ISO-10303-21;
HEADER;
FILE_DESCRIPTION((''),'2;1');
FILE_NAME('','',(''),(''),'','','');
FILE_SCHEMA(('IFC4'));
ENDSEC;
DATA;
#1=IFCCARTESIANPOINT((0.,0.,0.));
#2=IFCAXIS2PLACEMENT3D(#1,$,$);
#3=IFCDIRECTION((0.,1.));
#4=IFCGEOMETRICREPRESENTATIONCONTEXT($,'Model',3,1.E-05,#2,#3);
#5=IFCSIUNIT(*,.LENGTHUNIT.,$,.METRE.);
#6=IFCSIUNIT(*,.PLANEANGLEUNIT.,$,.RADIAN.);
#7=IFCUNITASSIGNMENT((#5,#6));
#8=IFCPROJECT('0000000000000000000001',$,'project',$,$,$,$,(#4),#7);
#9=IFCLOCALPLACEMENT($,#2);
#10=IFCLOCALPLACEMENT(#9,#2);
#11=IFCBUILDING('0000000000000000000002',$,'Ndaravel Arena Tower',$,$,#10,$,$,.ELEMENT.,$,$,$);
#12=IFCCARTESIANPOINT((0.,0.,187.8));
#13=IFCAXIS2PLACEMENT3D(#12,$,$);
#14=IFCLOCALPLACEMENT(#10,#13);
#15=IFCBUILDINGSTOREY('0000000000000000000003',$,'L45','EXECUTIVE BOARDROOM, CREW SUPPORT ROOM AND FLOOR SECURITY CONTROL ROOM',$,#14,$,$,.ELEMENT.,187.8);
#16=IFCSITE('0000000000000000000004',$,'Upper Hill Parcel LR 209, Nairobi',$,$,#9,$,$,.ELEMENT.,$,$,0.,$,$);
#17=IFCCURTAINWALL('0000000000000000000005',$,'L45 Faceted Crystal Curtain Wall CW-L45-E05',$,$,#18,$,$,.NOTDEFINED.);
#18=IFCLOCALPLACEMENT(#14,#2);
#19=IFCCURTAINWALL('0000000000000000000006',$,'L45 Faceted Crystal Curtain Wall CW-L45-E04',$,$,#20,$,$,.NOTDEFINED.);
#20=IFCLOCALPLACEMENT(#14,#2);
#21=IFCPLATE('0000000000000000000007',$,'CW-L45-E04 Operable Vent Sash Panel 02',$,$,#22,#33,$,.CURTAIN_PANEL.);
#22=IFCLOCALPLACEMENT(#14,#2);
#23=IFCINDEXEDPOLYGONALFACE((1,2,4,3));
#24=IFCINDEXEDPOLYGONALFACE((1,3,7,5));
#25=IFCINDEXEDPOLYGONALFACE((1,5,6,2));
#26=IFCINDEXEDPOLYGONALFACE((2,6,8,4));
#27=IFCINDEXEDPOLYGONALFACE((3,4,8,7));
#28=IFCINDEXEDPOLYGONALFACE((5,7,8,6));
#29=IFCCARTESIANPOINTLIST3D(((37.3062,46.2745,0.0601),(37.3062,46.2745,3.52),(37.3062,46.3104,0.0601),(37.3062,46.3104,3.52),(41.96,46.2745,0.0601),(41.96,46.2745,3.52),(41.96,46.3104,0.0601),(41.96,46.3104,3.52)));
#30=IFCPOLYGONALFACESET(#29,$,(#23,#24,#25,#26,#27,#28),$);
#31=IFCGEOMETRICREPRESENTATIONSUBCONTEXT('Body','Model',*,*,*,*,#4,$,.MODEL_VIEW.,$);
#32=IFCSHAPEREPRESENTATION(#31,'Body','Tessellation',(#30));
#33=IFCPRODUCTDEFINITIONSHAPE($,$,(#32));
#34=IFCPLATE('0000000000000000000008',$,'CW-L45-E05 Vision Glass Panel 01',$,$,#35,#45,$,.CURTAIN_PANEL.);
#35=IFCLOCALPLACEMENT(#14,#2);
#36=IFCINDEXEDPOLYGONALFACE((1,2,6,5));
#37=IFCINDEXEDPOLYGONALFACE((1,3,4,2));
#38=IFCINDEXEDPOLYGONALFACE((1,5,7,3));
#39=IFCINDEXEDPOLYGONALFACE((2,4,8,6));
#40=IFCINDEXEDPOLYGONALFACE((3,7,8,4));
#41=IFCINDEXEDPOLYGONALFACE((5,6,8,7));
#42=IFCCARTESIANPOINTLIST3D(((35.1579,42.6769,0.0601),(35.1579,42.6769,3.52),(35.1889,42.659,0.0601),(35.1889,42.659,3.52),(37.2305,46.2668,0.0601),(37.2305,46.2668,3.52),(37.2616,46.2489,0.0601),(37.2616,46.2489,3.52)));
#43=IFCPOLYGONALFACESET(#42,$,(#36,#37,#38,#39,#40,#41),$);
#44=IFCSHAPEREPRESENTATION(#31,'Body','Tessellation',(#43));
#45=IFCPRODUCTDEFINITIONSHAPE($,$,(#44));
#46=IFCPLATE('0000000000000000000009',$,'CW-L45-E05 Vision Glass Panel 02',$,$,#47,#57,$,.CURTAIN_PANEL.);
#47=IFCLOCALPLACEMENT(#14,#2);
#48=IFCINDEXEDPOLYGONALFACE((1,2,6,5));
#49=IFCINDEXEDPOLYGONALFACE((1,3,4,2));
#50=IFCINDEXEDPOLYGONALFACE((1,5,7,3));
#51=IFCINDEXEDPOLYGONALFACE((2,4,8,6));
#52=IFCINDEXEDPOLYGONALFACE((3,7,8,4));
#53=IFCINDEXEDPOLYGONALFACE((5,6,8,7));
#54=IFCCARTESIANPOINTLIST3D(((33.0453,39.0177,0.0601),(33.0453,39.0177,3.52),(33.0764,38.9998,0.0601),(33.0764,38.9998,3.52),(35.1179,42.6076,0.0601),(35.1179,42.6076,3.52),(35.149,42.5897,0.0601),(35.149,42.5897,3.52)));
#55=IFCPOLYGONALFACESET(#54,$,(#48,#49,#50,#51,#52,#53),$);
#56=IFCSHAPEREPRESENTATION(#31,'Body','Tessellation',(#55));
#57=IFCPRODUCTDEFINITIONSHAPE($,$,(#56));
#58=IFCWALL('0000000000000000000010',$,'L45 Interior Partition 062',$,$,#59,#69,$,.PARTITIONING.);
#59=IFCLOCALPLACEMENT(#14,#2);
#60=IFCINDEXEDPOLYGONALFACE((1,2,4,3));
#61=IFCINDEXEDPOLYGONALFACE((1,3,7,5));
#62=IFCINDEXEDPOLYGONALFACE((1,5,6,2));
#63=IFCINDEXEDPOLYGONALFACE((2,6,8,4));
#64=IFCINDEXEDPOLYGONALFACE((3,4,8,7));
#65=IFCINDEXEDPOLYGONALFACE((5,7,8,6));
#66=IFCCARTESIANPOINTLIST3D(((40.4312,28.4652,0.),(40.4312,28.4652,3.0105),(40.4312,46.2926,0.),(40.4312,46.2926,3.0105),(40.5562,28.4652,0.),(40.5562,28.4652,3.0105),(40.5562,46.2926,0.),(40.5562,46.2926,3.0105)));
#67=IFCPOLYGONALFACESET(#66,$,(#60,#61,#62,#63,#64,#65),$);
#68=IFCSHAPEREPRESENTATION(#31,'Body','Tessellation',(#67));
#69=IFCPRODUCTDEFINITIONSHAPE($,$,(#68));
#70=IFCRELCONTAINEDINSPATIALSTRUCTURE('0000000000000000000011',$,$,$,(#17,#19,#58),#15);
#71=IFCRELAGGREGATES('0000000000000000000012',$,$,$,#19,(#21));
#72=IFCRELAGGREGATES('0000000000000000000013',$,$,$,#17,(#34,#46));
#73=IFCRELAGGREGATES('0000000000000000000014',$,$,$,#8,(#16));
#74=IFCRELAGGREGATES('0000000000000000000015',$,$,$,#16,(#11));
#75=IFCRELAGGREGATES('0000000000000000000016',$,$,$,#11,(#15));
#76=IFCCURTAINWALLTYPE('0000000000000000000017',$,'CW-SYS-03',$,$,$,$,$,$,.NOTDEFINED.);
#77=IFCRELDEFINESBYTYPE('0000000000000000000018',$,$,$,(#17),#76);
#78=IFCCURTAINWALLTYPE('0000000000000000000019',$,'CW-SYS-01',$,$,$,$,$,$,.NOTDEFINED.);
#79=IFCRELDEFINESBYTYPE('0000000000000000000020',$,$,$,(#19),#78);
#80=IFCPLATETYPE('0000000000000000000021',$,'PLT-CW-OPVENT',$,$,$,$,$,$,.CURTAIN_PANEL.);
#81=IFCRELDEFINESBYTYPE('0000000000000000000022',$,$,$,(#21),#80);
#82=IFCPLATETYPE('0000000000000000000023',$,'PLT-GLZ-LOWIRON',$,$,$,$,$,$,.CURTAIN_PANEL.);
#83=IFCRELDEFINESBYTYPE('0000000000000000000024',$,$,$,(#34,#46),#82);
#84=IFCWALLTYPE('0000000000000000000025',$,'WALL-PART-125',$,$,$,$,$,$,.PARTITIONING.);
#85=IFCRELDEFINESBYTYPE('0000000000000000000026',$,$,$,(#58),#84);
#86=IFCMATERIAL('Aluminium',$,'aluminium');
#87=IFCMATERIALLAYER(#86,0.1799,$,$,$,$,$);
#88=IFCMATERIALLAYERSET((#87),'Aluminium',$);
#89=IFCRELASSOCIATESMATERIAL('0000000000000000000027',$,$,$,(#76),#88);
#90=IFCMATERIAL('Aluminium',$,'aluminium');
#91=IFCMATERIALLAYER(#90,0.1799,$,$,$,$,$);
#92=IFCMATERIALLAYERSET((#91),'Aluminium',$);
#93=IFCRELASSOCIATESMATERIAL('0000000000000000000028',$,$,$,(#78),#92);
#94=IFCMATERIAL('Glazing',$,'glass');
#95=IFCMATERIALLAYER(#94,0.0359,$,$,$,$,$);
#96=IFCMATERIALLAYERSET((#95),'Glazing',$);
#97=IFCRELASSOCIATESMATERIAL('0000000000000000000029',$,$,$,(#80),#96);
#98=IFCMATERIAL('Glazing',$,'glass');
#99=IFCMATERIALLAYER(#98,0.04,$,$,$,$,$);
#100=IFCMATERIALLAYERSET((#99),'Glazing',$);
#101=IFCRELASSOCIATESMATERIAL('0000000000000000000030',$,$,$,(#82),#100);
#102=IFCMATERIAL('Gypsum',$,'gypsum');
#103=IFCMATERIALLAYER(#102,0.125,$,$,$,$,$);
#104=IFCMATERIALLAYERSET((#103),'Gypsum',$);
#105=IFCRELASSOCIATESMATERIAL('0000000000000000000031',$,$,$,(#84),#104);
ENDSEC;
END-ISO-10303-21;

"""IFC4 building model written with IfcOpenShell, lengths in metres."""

from ifc_helpers import new_model, si_unit, direction, frame, frame_2d, origin, origin_2d, place, context, subcontext, project, spatial, rectangle, extrude, material, layer, layer_set, type_object, element, aggregate, save


model = new_model("IFC4")

# Units and contexts
model_context = context("Model", 3, precision=1e-05, world=origin(), true_north=direction((0.0, 1.0)))
body_context = subcontext(model_context, "Body", "Model", "MODEL_VIEW")
ifc_project = project(units=[si_unit("LENGTHUNIT", "METRE"), si_unit("PLANEANGLEUNIT", "RADIAN")], contexts=[model_context])

# Site, building, storey
site_placement = place(None, origin())
site = spatial("IfcSite", under=ifc_project, at=site_placement, Name="Upper Hill Parcel LR 209, Nairobi", CompositionType="ELEMENT", RefElevation=0.0)
building_placement = place(site_placement, origin())
building = spatial("IfcBuilding", under=site, at=building_placement, Name="Ndaravel Arena Tower", CompositionType="ELEMENT")
storey_placement = place(building_placement, frame((0.0, 0.0, 187.8)))
storey = spatial("IfcBuildingStorey", under=building, at=storey_placement, Name="L45", Description="EXECUTIVE BOARDROOM, CREW SUPPORT ROOM AND FLOOR SECURITY CONTROL ROOM", CompositionType="ELEMENT", Elevation=187.8)

# Curtain wall
ifc_material_1 = material(Name="Aluminium", Category="aluminium")
ifc_layer_1 = layer(ifc_material_1, 0.1799)
ifc_layer_set_1 = layer_set([ifc_layer_1], Name="Aluminium")
curtain_wall_type_1 = type_object("IfcCurtainWallType", Name="CW-SYS-03", PredefinedType="NOTDEFINED", material=ifc_layer_set_1)
curtain_wall_1_placement = place(storey_placement, origin())
curtain_wall_1 = element("IfcCurtainWall", 1, at=curtain_wall_1_placement, inside=storey, type_object=curtain_wall_type_1, Name="L45 Faceted Crystal Curtain Wall CW-L45-E05", PredefinedType="NOTDEFINED")

# Curtain wall, plate
ifc_material_2 = material(Name="Aluminium", Category="aluminium")
ifc_layer_2 = layer(ifc_material_2, 0.1799)
ifc_layer_set_2 = layer_set([ifc_layer_2], Name="Aluminium")
curtain_wall_type_2 = type_object("IfcCurtainWallType", Name="CW-SYS-01", PredefinedType="NOTDEFINED", material=ifc_layer_set_2)
curtain_wall_2_placement = place(storey_placement, origin())
curtain_wall_2 = element("IfcCurtainWall", 2, at=curtain_wall_2_placement, inside=storey, type_object=curtain_wall_type_2, Name="L45 Faceted Crystal Curtain Wall CW-L45-E04", PredefinedType="NOTDEFINED")
ifc_material_3 = material(Name="Glazing", Category="glass")
ifc_layer_3 = layer(ifc_material_3, 0.0359)
ifc_layer_set_3 = layer_set([ifc_layer_3], Name="Glazing")
plate_type_1 = type_object("IfcPlateType", Name="PLT-CW-OPVENT", PredefinedType="CURTAIN_PANEL", material=ifc_layer_set_3)
plate_1_placement = place(storey_placement, frame((39.6331, 46.2925, 0.0601), z_axis=(0.0, 0.0, 1.0), x_axis=(-1.0, 0.0, 0.0)))
plate_1 = element("IfcPlate", 3, at=plate_1_placement, type_object=plate_type_1, Name="CW-L45-E04 Operable Vent Sash Panel 02", PredefinedType="CURTAIN_PANEL", context=body_context, shape_type="SweptSolid", body=[
    extrude(rectangle(XDim=4.6538, YDim=0.0359, at=origin_2d()), origin(), (0.0, 0.0, 1.0), 3.46),
])
aggregate(curtain_wall_2, [plate_1])

# Plates
ifc_material_4 = material(Name="Glazing", Category="glass")
ifc_layer_4 = layer(ifc_material_4, 0.04)
ifc_layer_set_4 = layer_set([ifc_layer_4], Name="Glazing")
plate_type_2 = type_object("IfcPlateType", Name="PLT-GLZ-LOWIRON", PredefinedType="CURTAIN_PANEL", material=ifc_layer_set_4)
plate_2_placement = place(storey_placement, frame((36.2097, 44.4629, 0.0601), z_axis=(0.0, 0.0, 1.0), x_axis=(-0.5, -0.866025, 0.0)))
plate_2 = element("IfcPlate", 4, at=plate_2_placement, type_object=plate_type_2, Name="CW-L45-E05 Vision Glass Panel 01", PredefinedType="CURTAIN_PANEL", context=body_context, shape_type="SweptSolid", body=[
    extrude(rectangle(XDim=4.1453, YDim=0.0359, at=origin_2d()), origin(), (0.0, 0.0, 1.0), 3.46),
])
plate_3_placement = place(storey_placement, frame((34.0972, 40.8037, 0.0601), z_axis=(0.0, 0.0, 1.0), x_axis=(-0.5, -0.866025, 0.0)))
plate_3 = element("IfcPlate", 5, at=plate_3_placement, type_object=plate_type_2, Name="CW-L45-E05 Vision Glass Panel 02", PredefinedType="CURTAIN_PANEL", context=body_context, shape_type="SweptSolid", body=[
    extrude(rectangle(XDim=4.1453, YDim=0.0359, at=origin_2d()), origin(), (0.0, 0.0, 1.0), 3.46),
])
aggregate(curtain_wall_1, [plate_2, plate_3])

# Wall
ifc_material_5 = material(Name="Gypsum", Category="gypsum")
ifc_layer_5 = layer(ifc_material_5, 0.125)
ifc_layer_set_5 = layer_set([ifc_layer_5], Name="Gypsum")
wall_type = type_object("IfcWallType", Name="WALL-PART-125", PredefinedType="PARTITIONING", material=ifc_layer_set_5)
wall_placement = place(storey_placement, frame((40.4937, 46.2925, 0.0), z_axis=(0.0, 0.0, 1.0), x_axis=(0.0, -1.0, 0.0)))
element("IfcWall", 6, at=wall_placement, inside=storey, type_object=wall_type, Name="L45 Interior Partition 062", PredefinedType="PARTITIONING", context=body_context, shape_type="SweptSolid", body=[
    extrude(rectangle(XDim=17.8274, YDim=0.125, at=frame_2d((8.9136, 0.0))), origin(), (0.0, 0.0, 1.0), 3.0105),
])

save(model, "model.ifc")
